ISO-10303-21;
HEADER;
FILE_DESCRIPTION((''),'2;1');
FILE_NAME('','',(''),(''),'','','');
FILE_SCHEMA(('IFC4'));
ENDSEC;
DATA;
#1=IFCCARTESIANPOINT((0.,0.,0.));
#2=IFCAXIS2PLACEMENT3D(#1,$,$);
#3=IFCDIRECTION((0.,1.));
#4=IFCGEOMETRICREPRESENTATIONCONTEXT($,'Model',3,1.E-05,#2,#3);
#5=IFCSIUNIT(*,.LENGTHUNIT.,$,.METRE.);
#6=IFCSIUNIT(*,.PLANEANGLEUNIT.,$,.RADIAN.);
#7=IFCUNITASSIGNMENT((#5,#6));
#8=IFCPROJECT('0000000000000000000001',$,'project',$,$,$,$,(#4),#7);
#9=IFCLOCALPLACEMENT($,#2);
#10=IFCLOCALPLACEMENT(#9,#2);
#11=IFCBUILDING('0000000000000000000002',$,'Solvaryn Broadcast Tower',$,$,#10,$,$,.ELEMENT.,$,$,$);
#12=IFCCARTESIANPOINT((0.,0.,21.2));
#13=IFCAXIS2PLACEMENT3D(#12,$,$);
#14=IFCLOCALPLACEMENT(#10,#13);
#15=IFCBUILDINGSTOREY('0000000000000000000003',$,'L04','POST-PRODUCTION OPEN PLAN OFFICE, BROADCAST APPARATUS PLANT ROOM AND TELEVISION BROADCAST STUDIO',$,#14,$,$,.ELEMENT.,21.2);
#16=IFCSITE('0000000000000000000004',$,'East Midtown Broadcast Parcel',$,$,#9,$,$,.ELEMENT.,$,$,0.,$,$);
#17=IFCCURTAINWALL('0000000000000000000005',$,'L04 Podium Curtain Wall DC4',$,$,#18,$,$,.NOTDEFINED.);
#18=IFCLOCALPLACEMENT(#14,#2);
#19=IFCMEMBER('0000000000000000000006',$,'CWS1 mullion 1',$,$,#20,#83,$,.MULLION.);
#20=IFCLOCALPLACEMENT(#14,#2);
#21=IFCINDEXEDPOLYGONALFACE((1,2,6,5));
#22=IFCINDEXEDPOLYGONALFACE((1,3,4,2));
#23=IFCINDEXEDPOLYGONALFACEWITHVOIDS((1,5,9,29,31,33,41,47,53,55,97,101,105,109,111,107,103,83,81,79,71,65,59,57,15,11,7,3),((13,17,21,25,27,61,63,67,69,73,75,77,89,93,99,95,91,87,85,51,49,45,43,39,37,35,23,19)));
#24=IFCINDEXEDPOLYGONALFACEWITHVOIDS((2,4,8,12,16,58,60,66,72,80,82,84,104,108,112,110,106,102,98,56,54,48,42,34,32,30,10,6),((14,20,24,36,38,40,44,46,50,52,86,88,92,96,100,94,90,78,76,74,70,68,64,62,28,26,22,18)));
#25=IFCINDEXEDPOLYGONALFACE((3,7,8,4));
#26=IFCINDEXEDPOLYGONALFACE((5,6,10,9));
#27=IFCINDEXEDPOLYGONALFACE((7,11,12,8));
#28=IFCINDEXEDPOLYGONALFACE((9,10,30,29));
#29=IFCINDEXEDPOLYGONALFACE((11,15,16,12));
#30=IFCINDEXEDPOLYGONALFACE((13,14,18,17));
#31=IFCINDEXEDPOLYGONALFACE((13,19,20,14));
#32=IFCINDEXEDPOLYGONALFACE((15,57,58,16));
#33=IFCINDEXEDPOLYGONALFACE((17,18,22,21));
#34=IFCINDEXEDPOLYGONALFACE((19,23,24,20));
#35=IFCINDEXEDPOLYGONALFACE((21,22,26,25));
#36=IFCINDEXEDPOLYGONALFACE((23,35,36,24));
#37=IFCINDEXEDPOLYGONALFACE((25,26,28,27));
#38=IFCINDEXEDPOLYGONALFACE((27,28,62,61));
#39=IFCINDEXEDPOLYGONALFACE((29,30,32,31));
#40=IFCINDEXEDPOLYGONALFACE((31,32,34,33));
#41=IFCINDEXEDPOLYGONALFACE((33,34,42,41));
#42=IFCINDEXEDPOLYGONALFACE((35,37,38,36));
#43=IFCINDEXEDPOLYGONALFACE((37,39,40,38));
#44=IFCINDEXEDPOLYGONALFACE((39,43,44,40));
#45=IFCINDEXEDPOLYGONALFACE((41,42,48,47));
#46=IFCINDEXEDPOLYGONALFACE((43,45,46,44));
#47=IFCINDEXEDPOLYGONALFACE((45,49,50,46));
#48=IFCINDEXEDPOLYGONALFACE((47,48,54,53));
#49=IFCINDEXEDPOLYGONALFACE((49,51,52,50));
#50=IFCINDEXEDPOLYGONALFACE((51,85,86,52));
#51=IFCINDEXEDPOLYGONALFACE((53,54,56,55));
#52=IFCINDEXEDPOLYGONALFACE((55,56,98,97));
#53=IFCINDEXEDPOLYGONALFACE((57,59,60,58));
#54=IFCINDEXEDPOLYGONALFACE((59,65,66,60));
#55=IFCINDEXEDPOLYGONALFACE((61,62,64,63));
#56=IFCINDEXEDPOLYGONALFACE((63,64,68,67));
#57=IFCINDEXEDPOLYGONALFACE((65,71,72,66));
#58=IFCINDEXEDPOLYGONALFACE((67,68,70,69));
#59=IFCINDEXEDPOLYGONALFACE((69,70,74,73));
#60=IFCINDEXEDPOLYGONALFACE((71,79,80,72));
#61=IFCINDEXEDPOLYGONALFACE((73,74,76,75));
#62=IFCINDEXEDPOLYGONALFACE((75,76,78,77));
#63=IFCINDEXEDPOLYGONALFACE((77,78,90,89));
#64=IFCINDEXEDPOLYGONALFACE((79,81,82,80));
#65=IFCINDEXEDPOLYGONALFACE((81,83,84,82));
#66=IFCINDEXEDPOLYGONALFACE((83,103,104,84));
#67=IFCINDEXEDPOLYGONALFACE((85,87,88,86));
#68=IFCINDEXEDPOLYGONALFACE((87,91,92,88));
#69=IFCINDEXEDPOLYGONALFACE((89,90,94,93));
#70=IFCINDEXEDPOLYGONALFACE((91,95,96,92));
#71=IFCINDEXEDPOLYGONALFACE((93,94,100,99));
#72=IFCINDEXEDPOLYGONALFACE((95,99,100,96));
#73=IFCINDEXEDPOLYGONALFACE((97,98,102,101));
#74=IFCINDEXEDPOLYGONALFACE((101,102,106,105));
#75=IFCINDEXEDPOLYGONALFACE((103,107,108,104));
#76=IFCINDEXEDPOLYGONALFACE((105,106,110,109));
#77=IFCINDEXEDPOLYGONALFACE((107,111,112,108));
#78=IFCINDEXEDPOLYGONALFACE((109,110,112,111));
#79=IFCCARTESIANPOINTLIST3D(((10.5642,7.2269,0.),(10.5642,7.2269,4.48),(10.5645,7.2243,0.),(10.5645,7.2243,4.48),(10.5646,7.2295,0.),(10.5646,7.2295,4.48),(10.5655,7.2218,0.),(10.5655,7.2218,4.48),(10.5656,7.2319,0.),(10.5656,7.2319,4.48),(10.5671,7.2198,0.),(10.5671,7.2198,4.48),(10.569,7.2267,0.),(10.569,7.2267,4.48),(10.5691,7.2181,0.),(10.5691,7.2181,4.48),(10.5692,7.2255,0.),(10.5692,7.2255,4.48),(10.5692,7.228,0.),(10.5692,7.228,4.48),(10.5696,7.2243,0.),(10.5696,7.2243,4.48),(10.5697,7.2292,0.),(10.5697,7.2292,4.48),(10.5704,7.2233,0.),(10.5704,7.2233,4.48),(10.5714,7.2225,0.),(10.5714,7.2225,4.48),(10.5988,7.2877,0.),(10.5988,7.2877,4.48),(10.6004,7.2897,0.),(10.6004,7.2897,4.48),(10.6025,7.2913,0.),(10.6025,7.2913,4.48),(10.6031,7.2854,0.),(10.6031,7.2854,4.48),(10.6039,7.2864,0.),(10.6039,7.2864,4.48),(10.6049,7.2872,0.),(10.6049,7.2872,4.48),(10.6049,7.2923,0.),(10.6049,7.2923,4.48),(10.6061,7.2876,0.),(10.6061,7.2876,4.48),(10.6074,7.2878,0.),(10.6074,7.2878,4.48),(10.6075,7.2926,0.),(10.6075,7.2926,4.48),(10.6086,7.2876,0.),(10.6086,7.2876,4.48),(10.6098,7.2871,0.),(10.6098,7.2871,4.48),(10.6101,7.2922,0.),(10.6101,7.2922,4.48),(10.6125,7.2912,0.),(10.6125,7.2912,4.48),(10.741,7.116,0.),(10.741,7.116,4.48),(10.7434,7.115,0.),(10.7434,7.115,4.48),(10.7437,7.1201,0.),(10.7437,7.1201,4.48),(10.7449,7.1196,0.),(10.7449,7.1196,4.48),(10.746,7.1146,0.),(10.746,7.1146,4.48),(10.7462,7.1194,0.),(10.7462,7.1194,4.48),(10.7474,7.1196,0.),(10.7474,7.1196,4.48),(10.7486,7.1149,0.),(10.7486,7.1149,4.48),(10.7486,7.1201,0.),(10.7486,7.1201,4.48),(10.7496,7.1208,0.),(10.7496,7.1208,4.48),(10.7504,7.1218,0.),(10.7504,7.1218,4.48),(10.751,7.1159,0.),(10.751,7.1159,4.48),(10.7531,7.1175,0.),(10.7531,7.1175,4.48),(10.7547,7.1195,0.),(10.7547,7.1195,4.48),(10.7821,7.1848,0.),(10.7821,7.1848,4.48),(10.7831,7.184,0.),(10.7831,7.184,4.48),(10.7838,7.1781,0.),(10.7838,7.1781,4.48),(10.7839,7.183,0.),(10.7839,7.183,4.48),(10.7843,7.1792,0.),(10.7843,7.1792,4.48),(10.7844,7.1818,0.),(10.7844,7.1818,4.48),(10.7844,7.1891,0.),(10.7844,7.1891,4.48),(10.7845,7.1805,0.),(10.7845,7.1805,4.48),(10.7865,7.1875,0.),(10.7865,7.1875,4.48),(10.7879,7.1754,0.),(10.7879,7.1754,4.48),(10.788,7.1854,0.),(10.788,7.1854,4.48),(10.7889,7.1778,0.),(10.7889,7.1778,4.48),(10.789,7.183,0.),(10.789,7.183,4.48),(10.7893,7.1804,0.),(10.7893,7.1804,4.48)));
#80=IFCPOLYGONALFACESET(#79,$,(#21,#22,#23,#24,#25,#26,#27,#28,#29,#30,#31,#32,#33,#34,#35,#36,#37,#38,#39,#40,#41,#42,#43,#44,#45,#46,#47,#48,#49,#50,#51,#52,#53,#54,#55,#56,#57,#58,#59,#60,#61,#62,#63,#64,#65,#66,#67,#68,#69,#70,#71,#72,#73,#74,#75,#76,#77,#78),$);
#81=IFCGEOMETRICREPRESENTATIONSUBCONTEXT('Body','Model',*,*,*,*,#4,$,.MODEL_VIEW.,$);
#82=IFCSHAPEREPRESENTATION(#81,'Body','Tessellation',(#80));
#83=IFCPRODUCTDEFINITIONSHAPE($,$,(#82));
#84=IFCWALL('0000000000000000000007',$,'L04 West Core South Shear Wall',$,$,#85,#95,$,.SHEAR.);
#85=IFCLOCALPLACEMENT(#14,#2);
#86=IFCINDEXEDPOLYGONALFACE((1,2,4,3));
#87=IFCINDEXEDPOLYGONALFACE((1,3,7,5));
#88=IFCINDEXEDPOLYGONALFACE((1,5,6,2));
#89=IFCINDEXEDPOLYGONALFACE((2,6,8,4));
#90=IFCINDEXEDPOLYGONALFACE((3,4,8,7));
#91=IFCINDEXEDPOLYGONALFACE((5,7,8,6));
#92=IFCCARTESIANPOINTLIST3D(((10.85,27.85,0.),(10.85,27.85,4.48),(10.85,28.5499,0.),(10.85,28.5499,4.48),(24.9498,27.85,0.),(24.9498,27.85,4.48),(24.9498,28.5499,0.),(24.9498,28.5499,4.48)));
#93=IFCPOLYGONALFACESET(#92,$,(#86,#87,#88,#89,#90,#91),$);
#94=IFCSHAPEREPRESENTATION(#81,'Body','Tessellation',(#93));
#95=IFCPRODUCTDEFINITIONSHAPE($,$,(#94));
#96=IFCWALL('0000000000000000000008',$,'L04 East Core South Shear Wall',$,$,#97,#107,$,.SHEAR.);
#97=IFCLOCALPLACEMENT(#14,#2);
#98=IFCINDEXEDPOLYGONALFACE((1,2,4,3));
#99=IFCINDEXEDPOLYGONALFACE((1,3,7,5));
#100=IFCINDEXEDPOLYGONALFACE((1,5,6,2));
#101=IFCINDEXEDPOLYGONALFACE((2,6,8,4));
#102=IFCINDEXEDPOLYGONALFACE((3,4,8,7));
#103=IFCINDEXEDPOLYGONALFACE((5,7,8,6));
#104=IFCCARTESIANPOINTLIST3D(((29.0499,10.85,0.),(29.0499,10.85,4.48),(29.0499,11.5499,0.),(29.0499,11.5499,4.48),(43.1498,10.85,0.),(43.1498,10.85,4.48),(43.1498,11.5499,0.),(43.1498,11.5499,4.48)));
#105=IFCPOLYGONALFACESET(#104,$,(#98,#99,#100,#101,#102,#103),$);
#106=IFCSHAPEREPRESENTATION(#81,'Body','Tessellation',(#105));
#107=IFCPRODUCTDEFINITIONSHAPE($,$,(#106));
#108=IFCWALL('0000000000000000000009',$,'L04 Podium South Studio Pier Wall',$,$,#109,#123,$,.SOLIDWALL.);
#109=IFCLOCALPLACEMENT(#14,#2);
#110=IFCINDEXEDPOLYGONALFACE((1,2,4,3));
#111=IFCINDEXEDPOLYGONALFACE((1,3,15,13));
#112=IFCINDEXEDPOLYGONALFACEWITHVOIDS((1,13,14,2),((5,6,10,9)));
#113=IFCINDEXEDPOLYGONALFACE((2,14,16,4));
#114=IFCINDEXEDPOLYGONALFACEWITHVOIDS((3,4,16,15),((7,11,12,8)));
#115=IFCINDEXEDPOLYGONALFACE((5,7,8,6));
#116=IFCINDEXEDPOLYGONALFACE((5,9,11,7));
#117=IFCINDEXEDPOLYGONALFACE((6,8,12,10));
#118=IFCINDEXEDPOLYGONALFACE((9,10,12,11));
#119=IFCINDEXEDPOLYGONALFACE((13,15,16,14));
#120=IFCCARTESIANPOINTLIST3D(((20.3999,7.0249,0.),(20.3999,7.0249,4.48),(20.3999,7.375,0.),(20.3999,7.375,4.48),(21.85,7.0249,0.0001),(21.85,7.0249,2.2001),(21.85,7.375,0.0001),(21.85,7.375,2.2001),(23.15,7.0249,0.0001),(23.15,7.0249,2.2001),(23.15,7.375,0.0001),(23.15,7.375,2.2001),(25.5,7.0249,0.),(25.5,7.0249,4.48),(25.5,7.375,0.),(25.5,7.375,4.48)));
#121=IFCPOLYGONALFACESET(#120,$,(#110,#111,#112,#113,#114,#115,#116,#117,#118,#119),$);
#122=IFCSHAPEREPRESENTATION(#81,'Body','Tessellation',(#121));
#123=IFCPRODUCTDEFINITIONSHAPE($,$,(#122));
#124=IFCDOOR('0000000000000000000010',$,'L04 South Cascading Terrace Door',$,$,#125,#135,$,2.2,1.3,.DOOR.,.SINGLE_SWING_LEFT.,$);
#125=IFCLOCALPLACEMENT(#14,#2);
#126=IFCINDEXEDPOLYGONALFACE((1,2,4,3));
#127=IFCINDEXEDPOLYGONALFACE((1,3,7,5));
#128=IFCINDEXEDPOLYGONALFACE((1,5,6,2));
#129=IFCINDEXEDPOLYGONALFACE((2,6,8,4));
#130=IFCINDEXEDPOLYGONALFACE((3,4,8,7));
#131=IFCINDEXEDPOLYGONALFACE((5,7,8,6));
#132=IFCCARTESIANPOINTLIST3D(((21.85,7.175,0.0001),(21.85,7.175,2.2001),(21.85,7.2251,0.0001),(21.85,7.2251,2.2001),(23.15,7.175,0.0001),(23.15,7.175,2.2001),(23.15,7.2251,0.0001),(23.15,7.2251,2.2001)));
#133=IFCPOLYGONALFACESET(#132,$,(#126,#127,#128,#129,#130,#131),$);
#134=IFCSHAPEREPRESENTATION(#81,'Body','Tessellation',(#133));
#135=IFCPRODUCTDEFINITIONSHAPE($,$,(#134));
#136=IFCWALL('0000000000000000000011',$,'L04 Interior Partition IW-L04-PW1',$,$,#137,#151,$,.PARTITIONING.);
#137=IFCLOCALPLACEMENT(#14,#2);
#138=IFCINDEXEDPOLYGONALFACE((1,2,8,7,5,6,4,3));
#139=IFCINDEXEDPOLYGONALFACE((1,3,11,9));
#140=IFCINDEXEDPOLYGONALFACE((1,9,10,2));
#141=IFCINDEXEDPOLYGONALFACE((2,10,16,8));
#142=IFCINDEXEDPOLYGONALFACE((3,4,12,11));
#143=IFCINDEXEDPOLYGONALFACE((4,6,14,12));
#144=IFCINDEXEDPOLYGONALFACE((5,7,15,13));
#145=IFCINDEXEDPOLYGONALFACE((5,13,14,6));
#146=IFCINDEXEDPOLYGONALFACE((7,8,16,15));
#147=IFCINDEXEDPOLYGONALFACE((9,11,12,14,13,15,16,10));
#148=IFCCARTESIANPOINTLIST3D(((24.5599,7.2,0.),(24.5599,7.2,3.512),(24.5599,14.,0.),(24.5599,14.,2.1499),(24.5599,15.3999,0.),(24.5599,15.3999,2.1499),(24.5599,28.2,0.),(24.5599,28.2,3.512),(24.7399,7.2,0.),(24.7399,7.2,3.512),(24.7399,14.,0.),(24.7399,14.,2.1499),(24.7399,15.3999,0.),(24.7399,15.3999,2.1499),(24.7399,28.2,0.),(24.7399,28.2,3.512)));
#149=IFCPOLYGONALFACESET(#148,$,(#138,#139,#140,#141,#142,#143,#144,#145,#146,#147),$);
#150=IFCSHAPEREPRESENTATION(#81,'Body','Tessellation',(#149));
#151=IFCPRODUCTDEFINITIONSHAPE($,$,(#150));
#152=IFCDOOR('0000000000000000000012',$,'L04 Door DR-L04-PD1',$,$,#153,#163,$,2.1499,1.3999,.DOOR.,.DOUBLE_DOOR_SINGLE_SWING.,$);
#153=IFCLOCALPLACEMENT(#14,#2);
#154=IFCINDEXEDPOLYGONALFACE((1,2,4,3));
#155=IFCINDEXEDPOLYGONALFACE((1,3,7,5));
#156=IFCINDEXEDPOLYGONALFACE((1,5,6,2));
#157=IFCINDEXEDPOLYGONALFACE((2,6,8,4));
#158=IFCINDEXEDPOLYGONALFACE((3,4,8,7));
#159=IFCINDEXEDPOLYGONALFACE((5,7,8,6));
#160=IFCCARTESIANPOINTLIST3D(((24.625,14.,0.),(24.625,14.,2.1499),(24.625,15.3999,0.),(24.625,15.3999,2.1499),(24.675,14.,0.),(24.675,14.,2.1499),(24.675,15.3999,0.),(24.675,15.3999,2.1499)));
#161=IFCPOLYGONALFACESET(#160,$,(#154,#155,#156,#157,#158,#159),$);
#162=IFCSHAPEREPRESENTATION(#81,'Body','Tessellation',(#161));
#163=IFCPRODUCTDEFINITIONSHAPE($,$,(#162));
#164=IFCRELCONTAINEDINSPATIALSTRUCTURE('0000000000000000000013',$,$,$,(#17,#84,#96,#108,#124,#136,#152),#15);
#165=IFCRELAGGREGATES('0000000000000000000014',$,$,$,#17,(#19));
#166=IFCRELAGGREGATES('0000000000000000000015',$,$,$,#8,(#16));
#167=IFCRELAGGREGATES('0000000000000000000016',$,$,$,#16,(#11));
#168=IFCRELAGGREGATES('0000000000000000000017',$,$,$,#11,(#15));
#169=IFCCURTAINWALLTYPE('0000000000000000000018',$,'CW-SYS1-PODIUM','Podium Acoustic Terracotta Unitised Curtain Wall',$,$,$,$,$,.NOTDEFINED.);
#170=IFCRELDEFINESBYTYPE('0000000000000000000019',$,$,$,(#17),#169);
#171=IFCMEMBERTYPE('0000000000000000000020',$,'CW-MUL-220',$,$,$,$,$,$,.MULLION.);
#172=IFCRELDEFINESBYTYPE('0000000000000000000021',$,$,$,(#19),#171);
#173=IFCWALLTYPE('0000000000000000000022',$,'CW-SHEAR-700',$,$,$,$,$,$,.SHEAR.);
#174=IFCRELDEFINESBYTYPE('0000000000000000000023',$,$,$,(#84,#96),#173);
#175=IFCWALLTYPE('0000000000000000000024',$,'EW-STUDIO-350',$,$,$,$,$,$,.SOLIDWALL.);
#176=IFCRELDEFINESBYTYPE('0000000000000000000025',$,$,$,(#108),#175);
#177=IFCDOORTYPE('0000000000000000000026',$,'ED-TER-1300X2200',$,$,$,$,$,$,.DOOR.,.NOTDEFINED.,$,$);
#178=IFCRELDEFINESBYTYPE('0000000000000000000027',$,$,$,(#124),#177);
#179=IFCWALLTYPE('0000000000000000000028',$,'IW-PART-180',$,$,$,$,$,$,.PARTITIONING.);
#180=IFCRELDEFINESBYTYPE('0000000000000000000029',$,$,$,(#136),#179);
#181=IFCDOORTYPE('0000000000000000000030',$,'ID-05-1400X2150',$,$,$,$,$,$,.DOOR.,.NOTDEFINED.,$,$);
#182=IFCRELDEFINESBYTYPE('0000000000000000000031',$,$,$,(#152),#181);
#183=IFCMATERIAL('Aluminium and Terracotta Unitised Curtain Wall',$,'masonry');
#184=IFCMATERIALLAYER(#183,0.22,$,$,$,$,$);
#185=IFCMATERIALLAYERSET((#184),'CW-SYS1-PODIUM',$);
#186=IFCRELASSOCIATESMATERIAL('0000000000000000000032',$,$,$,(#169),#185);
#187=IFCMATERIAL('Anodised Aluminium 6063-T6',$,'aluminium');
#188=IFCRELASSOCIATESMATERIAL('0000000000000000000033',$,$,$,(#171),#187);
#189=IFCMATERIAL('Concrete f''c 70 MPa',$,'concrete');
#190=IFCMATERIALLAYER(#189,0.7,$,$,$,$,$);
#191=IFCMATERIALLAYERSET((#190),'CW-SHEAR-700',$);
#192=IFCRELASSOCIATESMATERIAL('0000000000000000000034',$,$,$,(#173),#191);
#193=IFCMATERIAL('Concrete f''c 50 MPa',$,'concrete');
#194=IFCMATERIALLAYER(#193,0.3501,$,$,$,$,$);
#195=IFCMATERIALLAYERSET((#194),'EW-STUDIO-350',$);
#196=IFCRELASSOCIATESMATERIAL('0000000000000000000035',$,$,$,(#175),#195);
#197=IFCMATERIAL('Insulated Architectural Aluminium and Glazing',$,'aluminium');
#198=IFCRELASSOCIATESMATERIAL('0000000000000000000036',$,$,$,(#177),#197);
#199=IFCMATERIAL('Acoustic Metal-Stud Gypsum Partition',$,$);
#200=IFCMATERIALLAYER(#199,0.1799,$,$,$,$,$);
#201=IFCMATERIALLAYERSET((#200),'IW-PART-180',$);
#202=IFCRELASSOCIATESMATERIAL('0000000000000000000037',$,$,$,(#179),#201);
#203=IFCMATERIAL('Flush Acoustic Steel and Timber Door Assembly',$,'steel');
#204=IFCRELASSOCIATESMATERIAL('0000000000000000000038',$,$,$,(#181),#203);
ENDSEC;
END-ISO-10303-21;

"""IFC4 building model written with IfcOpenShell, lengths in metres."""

from ifc_helpers import new_model, si_unit, direction, frame, frame_2d, origin, origin_2d, place, context, subcontext, project, spatial, rectangle, hollow_rectangle, extrude, material, layer, layer_set, material_profile, profile_set, type_object, element, fill, aggregate, save


model = new_model("IFC4")

# Units and contexts
model_context = context("Model", 3, precision=1e-05, world=origin(), true_north=direction((0.0, 1.0)))
body_context = subcontext(model_context, "Body", "Model", "MODEL_VIEW")
ifc_project = project(units=[si_unit("LENGTHUNIT", "METRE"), si_unit("PLANEANGLEUNIT", "RADIAN")], contexts=[model_context])

# Site, building, storey
site_placement = place(None, origin())
site = spatial("IfcSite", under=ifc_project, at=site_placement, Name="East Midtown Broadcast Parcel", CompositionType="ELEMENT", RefElevation=0.0)
building_placement = place(site_placement, origin())
building = spatial("IfcBuilding", under=site, at=building_placement, Name="Solvaryn Broadcast Tower", CompositionType="ELEMENT")
storey_placement = place(building_placement, frame((0.0, 0.0, 21.2)))
storey = spatial("IfcBuildingStorey", under=building, at=storey_placement, Name="L04", Description="POST-PRODUCTION OPEN PLAN OFFICE, BROADCAST APPARATUS PLANT ROOM AND TELEVISION BROADCAST STUDIO", CompositionType="ELEMENT", Elevation=21.2)

# Curtain wall, member
ifc_material_1 = material(Name="Aluminium and Terracotta Unitised Curtain Wall", Category="masonry")
ifc_layer_1 = layer(ifc_material_1, 0.22)
ifc_layer_set_1 = layer_set([ifc_layer_1], Name="CW-SYS1-PODIUM")
curtain_wall_type = type_object("IfcCurtainWallType", Name="CW-SYS1-PODIUM", Description="Podium Acoustic Terracotta Unitised Curtain Wall", PredefinedType="NOTDEFINED", material=ifc_layer_set_1)
ifc_material_2 = material(Name="Anodised Aluminium 6063-T6", Category="aluminium")
ifc_material_profile_1 = material_profile(ifc_material_2, hollow_rectangle(XDim=0.085, YDim=0.22, WallThickness=0.0049, InnerFilletRadius=0.0049, OuterFilletRadius=0.01, at=origin_2d()))
ifc_profile_set_1 = profile_set([ifc_material_profile_1], Name="Anodised Aluminium 6063-T6")
member_type = type_object("IfcMemberType", Name="CW-MUL-220", PredefinedType="MULLION", material=ifc_profile_set_1)
curtain_wall_1_placement = place(storey_placement, origin())
curtain_wall_1 = element("IfcCurtainWall", 1, at=curtain_wall_1_placement, inside=storey, type_object=curtain_wall_type, Name="L04 Podium Curtain Wall DC4", PredefinedType="NOTDEFINED")
member_1_placement = place(storey_placement, frame((10.6768, 7.2036, 0.0), z_axis=(0.0, 0.0, 1.0), x_axis=(0.510636, 0.859797, 0.0)))
member_1 = element("IfcMember", 2, at=member_1_placement, type_object=member_type, Name="CWS1 mullion 1", PredefinedType="MULLION", context=body_context, shape_type="SweptSolid", body=[
    extrude(hollow_rectangle(XDim=0.085, YDim=0.22, WallThickness=0.0049, InnerFilletRadius=0.0049, OuterFilletRadius=0.01, at=origin_2d()), origin(), (0.0, 0.0, 1.0), 4.48),
])
aggregate(curtain_wall_1, [member_1])

# Walls
ifc_material_3 = material(Name="Concrete f'c 70 MPa", Category="concrete")
ifc_layer_2 = layer(ifc_material_3, 0.7)
ifc_layer_set_2 = layer_set([ifc_layer_2], Name="CW-SHEAR-700")
wall_type_1 = type_object("IfcWallType", Name="CW-SHEAR-700", PredefinedType="SHEAR", material=ifc_layer_set_2)
for number, where, z_axis, x_axis, name in (
    (3, (10.8501, 28.2, 0.0), (0.0, 0.0, 1.0), (1.0, 0.0, 0.0), "L04 West Core South Shear Wall"),
    (4, (29.05, 11.2, 0.0), (0.0, 0.0, 1.0), (1.0, 0.0, 0.0), "L04 East Core South Shear Wall"),
):
    element("IfcWall", number, at=place(storey_placement, frame(where, z_axis=z_axis, x_axis=x_axis)), inside=storey, type_object=wall_type_1, Name=name, PredefinedType="SHEAR", context=body_context, shape_type="SweptSolid", body=[
        extrude(rectangle(XDim=14.0999, YDim=0.7, at=frame_2d((7.0498, 0.0))), origin(), (0.0, 0.0, 1.0), 4.48),
    ])

# Walls, openings, doors
ifc_material_4 = material(Name="Concrete f'c 50 MPa", Category="concrete")
ifc_layer_3 = layer(ifc_material_4, 0.3501)
ifc_layer_set_3 = layer_set([ifc_layer_3], Name="EW-STUDIO-350")
wall_type_2 = type_object("IfcWallType", Name="EW-STUDIO-350", PredefinedType="SOLIDWALL", material=ifc_layer_set_3)
wall_1_placement = place(storey_placement, frame((25.5, 7.2, 0.0), z_axis=(0.0, 0.0, 1.0), x_axis=(-1.0, 0.0, 0.0)))
wall_1 = element("IfcWall", 5, at=wall_1_placement, inside=storey, type_object=wall_type_2, Name="L04 Podium South Studio Pier Wall", PredefinedType="SOLIDWALL", context=body_context, shape_type="SweptSolid", body=[
    extrude(rectangle(XDim=5.1001, YDim=0.3501, at=frame_2d((2.55, 0.0))), origin(), (0.0, 0.0, 1.0), 4.48),
])
opening_1_placement = place(wall_1_placement, frame((2.3501, 0.0, 0.0)))
opening_1 = element("IfcOpeningElement", 6, at=opening_1_placement, cuts=wall_1, PredefinedType="OPENING", context=body_context, shape_type="SweptSolid", body=[
    extrude(rectangle(XDim=1.3, YDim=2.2, at=frame_2d((0.6499, 1.1001))), frame((0.0, 0.1851, 0.0), z_axis=(0.0, -1.0, 0.0), x_axis=(1.0, 0.0, 0.0)), (0.0, 0.0, 1.0), 0.3701),
])
ifc_material_5 = material(Name="Insulated Architectural Aluminium and Glazing", Category="aluminium")
door_type_1 = type_object("IfcDoorType", Name="ED-TER-1300X2200", OperationType="NOTDEFINED", PredefinedType="DOOR", material=ifc_material_5)
door_1_placement = place(opening_1_placement, origin())
door_1 = element("IfcDoor", 7, at=door_1_placement, inside=storey, type_object=door_type_1, Name="L04 South Cascading Terrace Door", OperationType="SINGLE_SWING_LEFT", OverallHeight=2.2, OverallWidth=1.3, PredefinedType="DOOR", context=body_context, shape_type="SweptSolid", body=[
    extrude(rectangle(XDim=1.3, YDim=2.2, at=frame_2d((0.6499, 1.1001))), frame((0.0, 0.0249, 0.0), z_axis=(0.0, -1.0, 0.0), x_axis=(1.0, 0.0, 0.0)), (0.0, 0.0, 1.0), 0.05),
])
fill(opening_1, door_1)
ifc_material_6 = material(Name="Acoustic Metal-Stud Gypsum Partition")
ifc_layer_4 = layer(ifc_material_6, 0.1799)
ifc_layer_set_4 = layer_set([ifc_layer_4], Name="IW-PART-180")
wall_type_3 = type_object("IfcWallType", Name="IW-PART-180", PredefinedType="PARTITIONING", material=ifc_layer_set_4)
wall_2_placement = place(storey_placement, frame((24.6499, 7.2, 0.0), z_axis=(0.0, 0.0, 1.0), x_axis=(0.0, 1.0, 0.0)))
wall_2 = element("IfcWall", 8, at=wall_2_placement, inside=storey, type_object=wall_type_3, Name="L04 Interior Partition IW-L04-PW1", PredefinedType="PARTITIONING", context=body_context, shape_type="SweptSolid", body=[
    extrude(rectangle(XDim=21.0, YDim=0.1799, at=frame_2d((10.5, 0.0))), origin(), (0.0, 0.0, 1.0), 3.512),
])
opening_2_placement = place(wall_2_placement, frame((6.8, 0.0, 0.0)))
opening_2 = element("IfcOpeningElement", 9, at=opening_2_placement, cuts=wall_2, PredefinedType="OPENING", context=body_context, shape_type="SweptSolid", body=[
    extrude(rectangle(XDim=1.3999, YDim=2.1499, at=frame_2d((0.7, 1.075))), frame((0.0, 0.0999, 0.0), z_axis=(0.0, -1.0, 0.0), x_axis=(1.0, 0.0, 0.0)), (0.0, 0.0, 1.0), 0.2),
])
ifc_material_7 = material(Name="Flush Acoustic Steel and Timber Door Assembly", Category="steel")
door_type_2 = type_object("IfcDoorType", Name="ID-05-1400X2150", OperationType="NOTDEFINED", PredefinedType="DOOR", material=ifc_material_7)
door_2_placement = place(opening_2_placement, origin())
door_2 = element("IfcDoor", 10, at=door_2_placement, inside=storey, type_object=door_type_2, Name="L04 Door DR-L04-PD1", OperationType="DOUBLE_DOOR_SINGLE_SWING", OverallHeight=2.1499, OverallWidth=1.3999, PredefinedType="DOOR", context=body_context, shape_type="SweptSolid", body=[
    extrude(rectangle(XDim=1.3999, YDim=2.1499, at=frame_2d((0.7, 1.075))), frame((0.0, 0.0249, 0.0), z_axis=(0.0, -1.0, 0.0), x_axis=(1.0, 0.0, 0.0)), (0.0, 0.0, 1.0), 0.05),
])
fill(opening_2, door_2)

save(model, "model.ifc")
